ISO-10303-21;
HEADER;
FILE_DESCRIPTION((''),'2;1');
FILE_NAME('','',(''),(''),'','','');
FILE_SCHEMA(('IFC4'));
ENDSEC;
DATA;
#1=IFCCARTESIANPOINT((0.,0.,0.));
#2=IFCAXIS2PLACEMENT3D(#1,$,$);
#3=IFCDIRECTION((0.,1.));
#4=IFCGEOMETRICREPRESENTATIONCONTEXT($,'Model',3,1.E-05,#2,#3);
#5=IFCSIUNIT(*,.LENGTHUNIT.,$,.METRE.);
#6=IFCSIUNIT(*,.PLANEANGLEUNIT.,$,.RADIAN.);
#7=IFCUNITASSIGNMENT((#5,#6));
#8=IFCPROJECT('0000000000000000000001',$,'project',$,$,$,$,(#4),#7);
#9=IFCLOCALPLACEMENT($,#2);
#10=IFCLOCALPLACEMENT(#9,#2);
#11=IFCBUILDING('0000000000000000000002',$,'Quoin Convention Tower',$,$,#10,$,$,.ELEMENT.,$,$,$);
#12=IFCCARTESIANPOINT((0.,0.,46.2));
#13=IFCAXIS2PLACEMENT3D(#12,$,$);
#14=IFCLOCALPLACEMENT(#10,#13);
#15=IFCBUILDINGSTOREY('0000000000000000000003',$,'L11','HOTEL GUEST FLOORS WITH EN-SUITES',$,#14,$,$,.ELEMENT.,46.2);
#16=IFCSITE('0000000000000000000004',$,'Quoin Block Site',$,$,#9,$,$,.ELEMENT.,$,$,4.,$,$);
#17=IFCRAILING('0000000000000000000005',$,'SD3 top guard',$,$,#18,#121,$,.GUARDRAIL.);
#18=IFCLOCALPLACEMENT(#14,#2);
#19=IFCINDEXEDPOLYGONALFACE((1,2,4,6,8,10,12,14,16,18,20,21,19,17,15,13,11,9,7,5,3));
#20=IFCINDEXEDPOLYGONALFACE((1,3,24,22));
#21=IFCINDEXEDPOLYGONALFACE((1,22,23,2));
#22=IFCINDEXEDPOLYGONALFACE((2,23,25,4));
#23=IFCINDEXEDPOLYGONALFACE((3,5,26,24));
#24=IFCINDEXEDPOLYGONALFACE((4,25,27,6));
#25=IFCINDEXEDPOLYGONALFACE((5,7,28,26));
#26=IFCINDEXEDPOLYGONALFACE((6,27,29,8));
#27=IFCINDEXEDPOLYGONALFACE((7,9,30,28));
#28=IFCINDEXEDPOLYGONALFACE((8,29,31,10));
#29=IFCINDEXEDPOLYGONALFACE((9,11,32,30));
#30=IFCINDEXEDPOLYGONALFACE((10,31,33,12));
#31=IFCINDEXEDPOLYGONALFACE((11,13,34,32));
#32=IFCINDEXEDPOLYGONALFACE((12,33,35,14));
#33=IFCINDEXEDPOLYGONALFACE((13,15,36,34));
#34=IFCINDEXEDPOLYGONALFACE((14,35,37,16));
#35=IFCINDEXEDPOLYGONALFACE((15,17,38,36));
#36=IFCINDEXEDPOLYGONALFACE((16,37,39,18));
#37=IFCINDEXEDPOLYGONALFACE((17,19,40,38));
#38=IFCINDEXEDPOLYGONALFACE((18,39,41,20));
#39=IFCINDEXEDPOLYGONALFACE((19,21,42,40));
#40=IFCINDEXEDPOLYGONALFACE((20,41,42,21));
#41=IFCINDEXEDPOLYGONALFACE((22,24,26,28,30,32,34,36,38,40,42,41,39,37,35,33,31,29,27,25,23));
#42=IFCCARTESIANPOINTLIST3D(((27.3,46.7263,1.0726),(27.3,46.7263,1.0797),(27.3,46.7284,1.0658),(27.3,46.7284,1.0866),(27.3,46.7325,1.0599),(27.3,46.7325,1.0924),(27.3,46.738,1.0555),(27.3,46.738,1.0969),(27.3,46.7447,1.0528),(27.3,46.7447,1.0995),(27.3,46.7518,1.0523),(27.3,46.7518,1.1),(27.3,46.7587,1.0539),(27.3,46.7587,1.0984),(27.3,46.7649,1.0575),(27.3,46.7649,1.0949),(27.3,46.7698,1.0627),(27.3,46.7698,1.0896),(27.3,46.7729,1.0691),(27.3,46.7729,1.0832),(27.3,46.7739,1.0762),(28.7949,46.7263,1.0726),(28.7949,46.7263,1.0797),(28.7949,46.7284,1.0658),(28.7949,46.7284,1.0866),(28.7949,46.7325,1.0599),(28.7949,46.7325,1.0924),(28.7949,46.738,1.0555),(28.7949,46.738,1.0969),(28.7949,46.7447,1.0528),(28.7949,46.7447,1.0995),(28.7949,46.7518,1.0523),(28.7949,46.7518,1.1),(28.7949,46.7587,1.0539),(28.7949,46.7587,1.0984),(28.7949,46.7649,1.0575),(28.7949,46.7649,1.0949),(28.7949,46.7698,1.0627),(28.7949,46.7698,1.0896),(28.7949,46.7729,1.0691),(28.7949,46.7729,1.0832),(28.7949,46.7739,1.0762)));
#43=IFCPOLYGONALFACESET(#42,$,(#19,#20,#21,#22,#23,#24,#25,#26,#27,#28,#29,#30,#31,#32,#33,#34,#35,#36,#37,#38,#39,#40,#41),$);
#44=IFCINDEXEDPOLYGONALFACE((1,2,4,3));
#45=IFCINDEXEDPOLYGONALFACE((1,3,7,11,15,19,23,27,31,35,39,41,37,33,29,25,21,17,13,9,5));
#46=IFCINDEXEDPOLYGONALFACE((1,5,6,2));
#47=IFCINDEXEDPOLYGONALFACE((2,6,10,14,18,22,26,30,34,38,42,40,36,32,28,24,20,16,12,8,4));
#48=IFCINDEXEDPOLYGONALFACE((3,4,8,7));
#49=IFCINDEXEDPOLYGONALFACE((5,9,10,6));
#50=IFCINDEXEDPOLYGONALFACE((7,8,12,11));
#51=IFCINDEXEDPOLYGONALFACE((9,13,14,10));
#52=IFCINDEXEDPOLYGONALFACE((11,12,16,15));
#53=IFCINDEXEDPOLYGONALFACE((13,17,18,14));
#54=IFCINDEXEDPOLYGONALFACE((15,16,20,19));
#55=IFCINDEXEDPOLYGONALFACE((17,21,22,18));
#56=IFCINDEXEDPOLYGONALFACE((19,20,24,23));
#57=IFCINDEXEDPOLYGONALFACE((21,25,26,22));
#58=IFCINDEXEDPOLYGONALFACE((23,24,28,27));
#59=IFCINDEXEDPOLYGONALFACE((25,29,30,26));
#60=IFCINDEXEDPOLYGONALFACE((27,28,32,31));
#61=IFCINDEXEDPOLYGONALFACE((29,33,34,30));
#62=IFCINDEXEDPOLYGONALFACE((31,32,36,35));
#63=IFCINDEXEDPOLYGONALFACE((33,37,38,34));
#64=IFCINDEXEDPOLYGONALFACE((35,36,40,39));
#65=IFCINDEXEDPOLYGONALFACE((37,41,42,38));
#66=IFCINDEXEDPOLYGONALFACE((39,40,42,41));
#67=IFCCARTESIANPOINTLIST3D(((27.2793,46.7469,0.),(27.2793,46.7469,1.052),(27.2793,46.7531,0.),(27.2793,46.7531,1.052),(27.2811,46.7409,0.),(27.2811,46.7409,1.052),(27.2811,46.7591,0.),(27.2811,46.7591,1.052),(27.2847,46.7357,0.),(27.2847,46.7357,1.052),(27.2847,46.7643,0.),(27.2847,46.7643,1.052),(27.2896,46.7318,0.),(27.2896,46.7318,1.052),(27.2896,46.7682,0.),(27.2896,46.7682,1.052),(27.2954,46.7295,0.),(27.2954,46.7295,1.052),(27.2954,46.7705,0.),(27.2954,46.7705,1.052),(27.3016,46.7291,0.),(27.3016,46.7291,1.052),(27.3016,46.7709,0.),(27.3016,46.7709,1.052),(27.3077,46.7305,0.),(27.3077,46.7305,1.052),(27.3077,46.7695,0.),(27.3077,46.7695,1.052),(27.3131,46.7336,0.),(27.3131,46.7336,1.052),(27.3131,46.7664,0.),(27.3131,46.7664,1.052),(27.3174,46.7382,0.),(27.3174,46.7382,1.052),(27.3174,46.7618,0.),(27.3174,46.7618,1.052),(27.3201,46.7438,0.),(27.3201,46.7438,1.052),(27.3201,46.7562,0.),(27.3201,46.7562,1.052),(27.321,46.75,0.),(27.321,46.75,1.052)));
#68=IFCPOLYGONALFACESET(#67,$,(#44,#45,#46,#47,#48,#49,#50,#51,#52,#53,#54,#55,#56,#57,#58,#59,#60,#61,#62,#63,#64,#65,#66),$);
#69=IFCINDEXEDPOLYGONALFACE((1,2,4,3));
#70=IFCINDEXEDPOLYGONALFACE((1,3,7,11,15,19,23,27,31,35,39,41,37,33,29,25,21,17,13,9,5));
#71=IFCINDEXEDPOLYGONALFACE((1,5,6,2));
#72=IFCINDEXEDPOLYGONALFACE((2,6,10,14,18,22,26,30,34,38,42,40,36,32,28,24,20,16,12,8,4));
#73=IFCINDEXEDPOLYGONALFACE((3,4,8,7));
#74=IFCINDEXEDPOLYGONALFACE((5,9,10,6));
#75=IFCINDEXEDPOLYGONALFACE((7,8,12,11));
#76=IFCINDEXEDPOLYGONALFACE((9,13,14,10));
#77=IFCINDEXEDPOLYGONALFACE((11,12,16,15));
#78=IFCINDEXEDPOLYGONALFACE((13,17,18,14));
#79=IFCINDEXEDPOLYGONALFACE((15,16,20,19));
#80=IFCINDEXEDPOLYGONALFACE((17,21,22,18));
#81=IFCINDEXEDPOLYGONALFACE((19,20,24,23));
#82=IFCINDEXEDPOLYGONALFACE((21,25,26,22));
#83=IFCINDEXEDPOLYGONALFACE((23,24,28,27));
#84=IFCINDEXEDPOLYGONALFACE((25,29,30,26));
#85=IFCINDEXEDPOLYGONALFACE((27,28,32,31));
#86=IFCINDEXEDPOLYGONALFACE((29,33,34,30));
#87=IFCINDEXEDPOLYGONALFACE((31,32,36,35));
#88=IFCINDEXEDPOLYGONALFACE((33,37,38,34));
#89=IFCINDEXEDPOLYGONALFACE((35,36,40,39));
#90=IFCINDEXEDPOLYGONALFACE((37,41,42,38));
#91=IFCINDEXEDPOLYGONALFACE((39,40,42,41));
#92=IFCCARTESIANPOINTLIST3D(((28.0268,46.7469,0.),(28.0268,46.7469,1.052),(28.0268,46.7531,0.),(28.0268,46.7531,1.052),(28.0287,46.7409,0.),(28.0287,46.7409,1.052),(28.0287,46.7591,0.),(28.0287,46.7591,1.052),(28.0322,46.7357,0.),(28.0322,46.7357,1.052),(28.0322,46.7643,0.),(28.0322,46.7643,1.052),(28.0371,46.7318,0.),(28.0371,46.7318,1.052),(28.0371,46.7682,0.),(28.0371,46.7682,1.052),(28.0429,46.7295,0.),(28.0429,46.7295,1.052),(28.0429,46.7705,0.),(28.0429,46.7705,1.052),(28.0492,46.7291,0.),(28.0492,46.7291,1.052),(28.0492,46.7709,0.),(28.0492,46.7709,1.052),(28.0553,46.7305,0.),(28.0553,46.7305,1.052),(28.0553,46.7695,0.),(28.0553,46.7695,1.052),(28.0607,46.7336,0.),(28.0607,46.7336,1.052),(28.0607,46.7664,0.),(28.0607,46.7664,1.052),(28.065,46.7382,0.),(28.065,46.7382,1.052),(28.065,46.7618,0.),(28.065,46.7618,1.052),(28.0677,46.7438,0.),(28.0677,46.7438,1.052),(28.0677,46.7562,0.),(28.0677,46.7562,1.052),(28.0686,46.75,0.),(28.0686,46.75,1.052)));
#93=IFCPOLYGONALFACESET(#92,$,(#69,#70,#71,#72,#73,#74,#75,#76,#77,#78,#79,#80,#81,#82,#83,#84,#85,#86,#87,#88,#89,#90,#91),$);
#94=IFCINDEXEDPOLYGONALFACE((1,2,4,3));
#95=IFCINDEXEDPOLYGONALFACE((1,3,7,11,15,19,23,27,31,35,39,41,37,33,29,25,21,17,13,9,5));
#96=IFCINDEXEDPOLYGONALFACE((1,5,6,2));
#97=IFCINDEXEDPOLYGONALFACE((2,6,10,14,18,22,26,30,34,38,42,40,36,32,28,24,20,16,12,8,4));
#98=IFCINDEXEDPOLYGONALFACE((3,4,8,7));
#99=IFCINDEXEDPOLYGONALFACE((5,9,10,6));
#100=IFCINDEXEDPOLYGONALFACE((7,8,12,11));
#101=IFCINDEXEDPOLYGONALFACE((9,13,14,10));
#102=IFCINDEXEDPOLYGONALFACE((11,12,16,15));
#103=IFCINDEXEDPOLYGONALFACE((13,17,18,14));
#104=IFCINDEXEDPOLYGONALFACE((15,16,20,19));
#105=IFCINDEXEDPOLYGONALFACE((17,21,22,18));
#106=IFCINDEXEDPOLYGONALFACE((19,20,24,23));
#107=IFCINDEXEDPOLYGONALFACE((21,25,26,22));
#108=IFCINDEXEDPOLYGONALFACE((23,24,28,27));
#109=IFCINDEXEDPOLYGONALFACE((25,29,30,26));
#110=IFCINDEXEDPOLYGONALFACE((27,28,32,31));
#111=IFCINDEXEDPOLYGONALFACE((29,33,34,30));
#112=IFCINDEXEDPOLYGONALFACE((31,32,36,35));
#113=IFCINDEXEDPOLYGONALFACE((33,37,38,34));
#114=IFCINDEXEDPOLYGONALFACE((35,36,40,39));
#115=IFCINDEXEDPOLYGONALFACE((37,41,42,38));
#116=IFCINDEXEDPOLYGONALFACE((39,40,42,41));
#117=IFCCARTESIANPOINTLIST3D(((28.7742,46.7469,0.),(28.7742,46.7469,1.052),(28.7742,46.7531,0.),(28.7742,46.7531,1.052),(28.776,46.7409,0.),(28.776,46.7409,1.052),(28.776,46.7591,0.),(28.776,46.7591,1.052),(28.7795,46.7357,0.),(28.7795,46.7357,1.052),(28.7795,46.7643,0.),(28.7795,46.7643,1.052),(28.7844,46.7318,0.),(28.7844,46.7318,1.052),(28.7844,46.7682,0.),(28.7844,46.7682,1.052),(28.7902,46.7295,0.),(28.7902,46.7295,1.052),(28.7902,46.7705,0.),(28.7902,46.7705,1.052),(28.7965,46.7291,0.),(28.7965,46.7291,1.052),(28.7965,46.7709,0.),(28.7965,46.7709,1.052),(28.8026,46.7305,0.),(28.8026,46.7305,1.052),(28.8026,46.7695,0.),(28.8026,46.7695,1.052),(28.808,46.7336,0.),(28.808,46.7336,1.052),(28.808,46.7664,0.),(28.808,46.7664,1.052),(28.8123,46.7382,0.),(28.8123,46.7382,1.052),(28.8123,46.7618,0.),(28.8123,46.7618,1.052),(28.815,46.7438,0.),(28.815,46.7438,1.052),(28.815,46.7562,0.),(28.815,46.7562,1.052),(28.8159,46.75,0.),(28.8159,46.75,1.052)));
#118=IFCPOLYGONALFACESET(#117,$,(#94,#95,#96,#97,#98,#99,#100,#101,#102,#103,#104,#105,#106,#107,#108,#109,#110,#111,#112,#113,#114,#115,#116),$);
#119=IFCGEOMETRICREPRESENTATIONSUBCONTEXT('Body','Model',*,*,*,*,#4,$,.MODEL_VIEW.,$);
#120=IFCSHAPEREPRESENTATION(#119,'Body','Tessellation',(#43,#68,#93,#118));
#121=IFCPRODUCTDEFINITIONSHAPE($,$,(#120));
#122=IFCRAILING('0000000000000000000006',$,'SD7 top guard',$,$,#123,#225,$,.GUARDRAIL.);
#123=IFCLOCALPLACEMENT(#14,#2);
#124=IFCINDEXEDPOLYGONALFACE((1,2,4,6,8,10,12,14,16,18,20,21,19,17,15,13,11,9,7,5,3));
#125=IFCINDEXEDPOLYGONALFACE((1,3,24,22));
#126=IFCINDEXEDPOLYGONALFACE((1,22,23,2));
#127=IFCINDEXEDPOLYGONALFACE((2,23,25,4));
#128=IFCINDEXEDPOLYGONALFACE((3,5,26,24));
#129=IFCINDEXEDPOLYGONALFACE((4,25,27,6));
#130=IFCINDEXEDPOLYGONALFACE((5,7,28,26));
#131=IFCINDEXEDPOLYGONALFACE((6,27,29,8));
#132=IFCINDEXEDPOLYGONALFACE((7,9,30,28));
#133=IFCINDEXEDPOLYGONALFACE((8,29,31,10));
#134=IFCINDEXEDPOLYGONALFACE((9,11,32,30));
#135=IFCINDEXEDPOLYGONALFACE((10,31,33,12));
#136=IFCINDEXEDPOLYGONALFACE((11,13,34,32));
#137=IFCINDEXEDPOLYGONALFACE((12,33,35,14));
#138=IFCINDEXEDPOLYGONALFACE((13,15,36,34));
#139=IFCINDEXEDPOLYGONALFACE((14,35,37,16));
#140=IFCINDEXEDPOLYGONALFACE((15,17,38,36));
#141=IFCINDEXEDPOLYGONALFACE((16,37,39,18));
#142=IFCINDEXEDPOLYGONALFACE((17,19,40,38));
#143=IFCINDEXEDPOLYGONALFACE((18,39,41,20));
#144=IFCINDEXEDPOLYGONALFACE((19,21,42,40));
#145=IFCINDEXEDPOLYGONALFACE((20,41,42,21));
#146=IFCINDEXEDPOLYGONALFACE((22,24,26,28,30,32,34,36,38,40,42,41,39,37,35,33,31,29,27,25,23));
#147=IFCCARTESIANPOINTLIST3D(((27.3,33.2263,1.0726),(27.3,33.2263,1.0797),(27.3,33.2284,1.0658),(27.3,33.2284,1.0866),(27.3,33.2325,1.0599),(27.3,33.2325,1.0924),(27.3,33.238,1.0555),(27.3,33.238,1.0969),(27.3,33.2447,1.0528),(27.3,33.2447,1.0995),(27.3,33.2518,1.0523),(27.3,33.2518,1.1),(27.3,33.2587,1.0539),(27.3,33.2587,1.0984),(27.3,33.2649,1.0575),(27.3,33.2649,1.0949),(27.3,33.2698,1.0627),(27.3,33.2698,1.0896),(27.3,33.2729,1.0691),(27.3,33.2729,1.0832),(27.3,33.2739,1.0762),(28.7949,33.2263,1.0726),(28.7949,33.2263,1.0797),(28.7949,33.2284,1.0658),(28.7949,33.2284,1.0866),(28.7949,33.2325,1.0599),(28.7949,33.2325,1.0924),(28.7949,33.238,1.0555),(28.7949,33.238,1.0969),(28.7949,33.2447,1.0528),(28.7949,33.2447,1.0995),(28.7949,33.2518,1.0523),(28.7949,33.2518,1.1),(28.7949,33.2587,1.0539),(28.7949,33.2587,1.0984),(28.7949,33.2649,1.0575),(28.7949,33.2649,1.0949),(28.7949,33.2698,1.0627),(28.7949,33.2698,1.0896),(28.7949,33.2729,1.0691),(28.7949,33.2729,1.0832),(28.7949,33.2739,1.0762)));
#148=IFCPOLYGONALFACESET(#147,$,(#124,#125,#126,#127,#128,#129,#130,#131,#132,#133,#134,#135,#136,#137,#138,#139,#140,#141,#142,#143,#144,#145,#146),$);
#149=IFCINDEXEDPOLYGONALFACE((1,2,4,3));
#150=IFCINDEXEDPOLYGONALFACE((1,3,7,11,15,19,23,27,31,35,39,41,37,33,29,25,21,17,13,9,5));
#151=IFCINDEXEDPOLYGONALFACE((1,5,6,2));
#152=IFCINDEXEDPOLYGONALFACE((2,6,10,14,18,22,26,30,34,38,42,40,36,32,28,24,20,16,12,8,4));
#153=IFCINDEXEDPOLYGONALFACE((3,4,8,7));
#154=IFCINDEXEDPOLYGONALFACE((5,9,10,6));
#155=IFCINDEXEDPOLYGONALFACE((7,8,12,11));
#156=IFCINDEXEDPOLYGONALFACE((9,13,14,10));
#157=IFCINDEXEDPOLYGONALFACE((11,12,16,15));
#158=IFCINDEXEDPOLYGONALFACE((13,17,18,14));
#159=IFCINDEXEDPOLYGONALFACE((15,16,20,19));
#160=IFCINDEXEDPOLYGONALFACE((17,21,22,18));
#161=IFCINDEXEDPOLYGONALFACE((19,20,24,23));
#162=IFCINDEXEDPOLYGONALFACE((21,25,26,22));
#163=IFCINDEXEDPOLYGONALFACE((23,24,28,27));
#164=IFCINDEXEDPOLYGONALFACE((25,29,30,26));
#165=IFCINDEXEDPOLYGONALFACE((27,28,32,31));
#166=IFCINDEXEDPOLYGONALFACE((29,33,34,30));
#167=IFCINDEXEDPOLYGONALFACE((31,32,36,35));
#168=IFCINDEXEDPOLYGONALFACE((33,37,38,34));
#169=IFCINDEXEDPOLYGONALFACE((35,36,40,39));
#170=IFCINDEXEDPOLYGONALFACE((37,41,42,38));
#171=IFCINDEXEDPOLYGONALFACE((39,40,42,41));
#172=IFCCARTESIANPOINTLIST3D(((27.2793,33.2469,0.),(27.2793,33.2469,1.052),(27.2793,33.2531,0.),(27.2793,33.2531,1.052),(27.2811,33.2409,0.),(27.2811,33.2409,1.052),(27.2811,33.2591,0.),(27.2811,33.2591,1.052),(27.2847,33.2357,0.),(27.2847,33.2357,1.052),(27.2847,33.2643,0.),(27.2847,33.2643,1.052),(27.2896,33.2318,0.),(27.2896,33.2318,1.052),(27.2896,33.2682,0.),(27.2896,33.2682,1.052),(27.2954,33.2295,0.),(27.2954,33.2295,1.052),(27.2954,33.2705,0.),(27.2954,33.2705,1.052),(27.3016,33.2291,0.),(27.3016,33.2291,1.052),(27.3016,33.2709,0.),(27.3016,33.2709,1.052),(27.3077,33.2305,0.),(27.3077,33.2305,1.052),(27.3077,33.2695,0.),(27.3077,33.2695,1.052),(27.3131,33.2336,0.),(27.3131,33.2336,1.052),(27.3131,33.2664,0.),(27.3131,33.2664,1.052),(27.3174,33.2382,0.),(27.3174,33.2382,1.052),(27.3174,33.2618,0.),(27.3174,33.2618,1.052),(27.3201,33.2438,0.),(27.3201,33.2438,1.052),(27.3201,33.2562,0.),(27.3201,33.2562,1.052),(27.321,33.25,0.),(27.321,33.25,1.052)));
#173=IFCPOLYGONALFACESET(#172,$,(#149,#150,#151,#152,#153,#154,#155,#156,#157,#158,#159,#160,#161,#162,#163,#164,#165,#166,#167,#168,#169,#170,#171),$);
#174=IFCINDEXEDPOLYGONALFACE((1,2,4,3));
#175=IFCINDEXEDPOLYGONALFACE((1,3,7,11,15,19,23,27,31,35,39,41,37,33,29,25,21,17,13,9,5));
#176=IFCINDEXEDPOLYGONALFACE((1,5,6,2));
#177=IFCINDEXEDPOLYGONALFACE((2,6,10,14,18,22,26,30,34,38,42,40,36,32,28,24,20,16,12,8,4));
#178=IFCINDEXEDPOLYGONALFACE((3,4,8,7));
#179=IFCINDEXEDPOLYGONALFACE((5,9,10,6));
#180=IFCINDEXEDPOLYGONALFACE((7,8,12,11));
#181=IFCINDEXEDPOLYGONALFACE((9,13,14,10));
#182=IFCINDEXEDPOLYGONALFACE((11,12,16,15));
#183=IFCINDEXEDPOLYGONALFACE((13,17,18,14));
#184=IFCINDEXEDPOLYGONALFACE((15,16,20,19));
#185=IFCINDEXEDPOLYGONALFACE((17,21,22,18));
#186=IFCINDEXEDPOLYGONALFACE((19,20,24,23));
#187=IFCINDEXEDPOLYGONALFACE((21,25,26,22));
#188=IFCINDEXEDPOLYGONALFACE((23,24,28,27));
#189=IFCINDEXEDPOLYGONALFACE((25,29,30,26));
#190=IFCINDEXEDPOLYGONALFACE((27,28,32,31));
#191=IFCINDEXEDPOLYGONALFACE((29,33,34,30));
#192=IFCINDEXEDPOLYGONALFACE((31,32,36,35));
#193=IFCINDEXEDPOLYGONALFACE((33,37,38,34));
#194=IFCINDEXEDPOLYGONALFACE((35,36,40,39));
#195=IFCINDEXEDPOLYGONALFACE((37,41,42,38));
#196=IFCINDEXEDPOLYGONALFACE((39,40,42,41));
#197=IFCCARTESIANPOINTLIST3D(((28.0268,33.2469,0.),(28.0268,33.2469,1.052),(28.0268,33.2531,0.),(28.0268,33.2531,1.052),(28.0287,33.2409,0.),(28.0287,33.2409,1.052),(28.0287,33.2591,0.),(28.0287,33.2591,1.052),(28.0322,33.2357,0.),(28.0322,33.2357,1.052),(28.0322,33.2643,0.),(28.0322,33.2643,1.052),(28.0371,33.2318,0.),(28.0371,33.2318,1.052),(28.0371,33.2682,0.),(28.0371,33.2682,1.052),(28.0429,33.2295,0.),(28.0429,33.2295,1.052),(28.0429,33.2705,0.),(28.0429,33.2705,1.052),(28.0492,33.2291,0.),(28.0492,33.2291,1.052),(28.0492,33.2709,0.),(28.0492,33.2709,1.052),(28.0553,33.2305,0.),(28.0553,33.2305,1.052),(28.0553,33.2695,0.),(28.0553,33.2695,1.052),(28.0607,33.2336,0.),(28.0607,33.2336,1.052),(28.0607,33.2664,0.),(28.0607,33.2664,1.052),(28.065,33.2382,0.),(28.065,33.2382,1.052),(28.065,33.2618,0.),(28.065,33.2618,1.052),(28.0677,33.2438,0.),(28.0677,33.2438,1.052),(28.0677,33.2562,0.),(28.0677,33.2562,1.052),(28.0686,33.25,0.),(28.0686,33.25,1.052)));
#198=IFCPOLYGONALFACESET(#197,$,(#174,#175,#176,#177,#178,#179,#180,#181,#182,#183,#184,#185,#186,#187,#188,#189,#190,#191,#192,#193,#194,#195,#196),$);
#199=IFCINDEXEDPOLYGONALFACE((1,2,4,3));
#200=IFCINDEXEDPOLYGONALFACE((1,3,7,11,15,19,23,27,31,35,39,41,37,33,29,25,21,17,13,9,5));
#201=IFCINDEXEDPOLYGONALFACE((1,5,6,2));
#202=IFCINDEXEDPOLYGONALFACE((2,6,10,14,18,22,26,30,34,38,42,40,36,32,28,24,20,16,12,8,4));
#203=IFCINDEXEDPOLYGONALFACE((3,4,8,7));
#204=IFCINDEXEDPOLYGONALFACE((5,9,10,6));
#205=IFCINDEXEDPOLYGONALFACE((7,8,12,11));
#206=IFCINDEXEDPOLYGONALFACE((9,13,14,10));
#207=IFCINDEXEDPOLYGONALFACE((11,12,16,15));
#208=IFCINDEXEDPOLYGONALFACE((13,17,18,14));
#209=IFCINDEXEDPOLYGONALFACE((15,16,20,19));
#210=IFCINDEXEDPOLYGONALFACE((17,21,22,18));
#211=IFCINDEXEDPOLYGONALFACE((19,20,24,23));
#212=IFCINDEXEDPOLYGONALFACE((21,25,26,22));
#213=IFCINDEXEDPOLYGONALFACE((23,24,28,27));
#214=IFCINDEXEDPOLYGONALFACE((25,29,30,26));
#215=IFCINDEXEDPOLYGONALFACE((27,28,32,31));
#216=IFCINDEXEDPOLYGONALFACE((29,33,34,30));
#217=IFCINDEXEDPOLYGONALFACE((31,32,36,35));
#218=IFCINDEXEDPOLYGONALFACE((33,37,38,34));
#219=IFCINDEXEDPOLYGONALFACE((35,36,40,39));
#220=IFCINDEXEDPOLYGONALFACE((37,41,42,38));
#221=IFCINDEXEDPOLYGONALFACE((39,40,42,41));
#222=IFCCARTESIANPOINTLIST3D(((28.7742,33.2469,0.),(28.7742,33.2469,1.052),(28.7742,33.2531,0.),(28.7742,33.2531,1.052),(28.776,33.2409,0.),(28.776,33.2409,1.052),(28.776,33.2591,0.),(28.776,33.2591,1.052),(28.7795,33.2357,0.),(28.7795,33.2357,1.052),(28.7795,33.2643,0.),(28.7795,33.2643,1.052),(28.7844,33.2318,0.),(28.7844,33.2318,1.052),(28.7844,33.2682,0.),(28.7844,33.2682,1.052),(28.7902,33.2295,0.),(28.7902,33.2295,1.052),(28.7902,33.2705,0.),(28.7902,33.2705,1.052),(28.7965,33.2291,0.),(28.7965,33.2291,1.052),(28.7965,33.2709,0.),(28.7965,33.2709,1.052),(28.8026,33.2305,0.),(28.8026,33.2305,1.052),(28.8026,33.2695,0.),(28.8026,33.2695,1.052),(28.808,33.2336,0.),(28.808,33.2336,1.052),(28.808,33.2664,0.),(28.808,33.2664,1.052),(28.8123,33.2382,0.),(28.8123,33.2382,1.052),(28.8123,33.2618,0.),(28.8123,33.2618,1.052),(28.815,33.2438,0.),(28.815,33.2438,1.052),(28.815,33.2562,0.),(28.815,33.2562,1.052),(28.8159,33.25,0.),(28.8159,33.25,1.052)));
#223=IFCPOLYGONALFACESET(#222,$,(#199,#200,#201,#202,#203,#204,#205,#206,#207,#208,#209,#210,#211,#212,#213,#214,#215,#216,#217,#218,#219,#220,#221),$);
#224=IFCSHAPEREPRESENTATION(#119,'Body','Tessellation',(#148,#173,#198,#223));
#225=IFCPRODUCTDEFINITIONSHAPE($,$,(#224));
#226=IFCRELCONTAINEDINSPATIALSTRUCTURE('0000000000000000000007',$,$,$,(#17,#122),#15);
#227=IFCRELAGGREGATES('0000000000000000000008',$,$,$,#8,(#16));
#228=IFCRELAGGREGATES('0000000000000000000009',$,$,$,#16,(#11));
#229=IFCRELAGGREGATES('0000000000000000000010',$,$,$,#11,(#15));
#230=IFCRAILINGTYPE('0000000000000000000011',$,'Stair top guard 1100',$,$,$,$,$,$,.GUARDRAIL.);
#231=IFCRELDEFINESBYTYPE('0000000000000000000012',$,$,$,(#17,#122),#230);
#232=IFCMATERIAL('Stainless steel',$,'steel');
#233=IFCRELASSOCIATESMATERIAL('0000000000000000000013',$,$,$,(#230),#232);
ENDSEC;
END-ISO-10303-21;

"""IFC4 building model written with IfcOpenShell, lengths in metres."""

from ifc_helpers import new_model, si_unit, direction, frame, origin, origin_2d, place, context, subcontext, project, spatial, circle, extrude, material, type_object, element, save


model = new_model("IFC4")

# Units and contexts
model_context = context("Model", 3, precision=1e-05, world=origin(), true_north=direction((0.0, 1.0)))
body_context = subcontext(model_context, "Body", "Model", "MODEL_VIEW")
ifc_project = project(units=[si_unit("LENGTHUNIT", "METRE"), si_unit("PLANEANGLEUNIT", "RADIAN")], contexts=[model_context])

# Site, building, storey
site_placement = place(None, origin())
site = spatial("IfcSite", under=ifc_project, at=site_placement, Name="Quoin Block Site", CompositionType="ELEMENT", RefElevation=4.0)
building_placement = place(site_placement, origin())
building = spatial("IfcBuilding", under=site, at=building_placement, Name="Quoin Convention Tower", CompositionType="ELEMENT")
storey_placement = place(building_placement, frame((0.0, 0.0, 46.2)))
storey = spatial("IfcBuildingStorey", under=building, at=storey_placement, Name="L11", Description="HOTEL GUEST FLOORS WITH EN-SUITES", CompositionType="ELEMENT", Elevation=46.2)

# Railings
ifc_material_1 = material(Name="Stainless steel", Category="steel")
railing_type_1 = type_object("IfcRailingType", Name="Stair top guard 1100", PredefinedType="GUARDRAIL", material=ifc_material_1)
for number, where, name in (
    (1, (27.3, 46.75, 0.0), "SD3 top guard"),
    (2, (27.3, 33.25, 0.0), "SD7 top guard"),
):
    element("IfcRailing", number, at=place(storey_placement, frame(where)), inside=storey, type_object=railing_type_1, Name=name, PredefinedType="GUARDRAIL", context=body_context, shape_type="SweptSolid", body=[
        extrude(circle(Radius=0.0239, at=origin_2d()), frame((0.0, 0.0, 1.0762), z_axis=(1.0, 0.0, 0.0), x_axis=(0.0, 1.0, 0.0)), (0.0, 0.0, 1.0), 1.4949),
        extrude(circle(Radius=0.021, at=origin_2d()), origin(), (0.0, 0.0, 1.0), 1.052),
        extrude(circle(Radius=0.021, at=origin_2d()), frame((0.7476, 0.0, 0.0)), (0.0, 0.0, 1.0), 1.052),
        extrude(circle(Radius=0.021, at=origin_2d()), frame((1.4949, 0.0, 0.0)), (0.0, 0.0, 1.0), 1.052),
    ])

save(model, "model.ifc")
